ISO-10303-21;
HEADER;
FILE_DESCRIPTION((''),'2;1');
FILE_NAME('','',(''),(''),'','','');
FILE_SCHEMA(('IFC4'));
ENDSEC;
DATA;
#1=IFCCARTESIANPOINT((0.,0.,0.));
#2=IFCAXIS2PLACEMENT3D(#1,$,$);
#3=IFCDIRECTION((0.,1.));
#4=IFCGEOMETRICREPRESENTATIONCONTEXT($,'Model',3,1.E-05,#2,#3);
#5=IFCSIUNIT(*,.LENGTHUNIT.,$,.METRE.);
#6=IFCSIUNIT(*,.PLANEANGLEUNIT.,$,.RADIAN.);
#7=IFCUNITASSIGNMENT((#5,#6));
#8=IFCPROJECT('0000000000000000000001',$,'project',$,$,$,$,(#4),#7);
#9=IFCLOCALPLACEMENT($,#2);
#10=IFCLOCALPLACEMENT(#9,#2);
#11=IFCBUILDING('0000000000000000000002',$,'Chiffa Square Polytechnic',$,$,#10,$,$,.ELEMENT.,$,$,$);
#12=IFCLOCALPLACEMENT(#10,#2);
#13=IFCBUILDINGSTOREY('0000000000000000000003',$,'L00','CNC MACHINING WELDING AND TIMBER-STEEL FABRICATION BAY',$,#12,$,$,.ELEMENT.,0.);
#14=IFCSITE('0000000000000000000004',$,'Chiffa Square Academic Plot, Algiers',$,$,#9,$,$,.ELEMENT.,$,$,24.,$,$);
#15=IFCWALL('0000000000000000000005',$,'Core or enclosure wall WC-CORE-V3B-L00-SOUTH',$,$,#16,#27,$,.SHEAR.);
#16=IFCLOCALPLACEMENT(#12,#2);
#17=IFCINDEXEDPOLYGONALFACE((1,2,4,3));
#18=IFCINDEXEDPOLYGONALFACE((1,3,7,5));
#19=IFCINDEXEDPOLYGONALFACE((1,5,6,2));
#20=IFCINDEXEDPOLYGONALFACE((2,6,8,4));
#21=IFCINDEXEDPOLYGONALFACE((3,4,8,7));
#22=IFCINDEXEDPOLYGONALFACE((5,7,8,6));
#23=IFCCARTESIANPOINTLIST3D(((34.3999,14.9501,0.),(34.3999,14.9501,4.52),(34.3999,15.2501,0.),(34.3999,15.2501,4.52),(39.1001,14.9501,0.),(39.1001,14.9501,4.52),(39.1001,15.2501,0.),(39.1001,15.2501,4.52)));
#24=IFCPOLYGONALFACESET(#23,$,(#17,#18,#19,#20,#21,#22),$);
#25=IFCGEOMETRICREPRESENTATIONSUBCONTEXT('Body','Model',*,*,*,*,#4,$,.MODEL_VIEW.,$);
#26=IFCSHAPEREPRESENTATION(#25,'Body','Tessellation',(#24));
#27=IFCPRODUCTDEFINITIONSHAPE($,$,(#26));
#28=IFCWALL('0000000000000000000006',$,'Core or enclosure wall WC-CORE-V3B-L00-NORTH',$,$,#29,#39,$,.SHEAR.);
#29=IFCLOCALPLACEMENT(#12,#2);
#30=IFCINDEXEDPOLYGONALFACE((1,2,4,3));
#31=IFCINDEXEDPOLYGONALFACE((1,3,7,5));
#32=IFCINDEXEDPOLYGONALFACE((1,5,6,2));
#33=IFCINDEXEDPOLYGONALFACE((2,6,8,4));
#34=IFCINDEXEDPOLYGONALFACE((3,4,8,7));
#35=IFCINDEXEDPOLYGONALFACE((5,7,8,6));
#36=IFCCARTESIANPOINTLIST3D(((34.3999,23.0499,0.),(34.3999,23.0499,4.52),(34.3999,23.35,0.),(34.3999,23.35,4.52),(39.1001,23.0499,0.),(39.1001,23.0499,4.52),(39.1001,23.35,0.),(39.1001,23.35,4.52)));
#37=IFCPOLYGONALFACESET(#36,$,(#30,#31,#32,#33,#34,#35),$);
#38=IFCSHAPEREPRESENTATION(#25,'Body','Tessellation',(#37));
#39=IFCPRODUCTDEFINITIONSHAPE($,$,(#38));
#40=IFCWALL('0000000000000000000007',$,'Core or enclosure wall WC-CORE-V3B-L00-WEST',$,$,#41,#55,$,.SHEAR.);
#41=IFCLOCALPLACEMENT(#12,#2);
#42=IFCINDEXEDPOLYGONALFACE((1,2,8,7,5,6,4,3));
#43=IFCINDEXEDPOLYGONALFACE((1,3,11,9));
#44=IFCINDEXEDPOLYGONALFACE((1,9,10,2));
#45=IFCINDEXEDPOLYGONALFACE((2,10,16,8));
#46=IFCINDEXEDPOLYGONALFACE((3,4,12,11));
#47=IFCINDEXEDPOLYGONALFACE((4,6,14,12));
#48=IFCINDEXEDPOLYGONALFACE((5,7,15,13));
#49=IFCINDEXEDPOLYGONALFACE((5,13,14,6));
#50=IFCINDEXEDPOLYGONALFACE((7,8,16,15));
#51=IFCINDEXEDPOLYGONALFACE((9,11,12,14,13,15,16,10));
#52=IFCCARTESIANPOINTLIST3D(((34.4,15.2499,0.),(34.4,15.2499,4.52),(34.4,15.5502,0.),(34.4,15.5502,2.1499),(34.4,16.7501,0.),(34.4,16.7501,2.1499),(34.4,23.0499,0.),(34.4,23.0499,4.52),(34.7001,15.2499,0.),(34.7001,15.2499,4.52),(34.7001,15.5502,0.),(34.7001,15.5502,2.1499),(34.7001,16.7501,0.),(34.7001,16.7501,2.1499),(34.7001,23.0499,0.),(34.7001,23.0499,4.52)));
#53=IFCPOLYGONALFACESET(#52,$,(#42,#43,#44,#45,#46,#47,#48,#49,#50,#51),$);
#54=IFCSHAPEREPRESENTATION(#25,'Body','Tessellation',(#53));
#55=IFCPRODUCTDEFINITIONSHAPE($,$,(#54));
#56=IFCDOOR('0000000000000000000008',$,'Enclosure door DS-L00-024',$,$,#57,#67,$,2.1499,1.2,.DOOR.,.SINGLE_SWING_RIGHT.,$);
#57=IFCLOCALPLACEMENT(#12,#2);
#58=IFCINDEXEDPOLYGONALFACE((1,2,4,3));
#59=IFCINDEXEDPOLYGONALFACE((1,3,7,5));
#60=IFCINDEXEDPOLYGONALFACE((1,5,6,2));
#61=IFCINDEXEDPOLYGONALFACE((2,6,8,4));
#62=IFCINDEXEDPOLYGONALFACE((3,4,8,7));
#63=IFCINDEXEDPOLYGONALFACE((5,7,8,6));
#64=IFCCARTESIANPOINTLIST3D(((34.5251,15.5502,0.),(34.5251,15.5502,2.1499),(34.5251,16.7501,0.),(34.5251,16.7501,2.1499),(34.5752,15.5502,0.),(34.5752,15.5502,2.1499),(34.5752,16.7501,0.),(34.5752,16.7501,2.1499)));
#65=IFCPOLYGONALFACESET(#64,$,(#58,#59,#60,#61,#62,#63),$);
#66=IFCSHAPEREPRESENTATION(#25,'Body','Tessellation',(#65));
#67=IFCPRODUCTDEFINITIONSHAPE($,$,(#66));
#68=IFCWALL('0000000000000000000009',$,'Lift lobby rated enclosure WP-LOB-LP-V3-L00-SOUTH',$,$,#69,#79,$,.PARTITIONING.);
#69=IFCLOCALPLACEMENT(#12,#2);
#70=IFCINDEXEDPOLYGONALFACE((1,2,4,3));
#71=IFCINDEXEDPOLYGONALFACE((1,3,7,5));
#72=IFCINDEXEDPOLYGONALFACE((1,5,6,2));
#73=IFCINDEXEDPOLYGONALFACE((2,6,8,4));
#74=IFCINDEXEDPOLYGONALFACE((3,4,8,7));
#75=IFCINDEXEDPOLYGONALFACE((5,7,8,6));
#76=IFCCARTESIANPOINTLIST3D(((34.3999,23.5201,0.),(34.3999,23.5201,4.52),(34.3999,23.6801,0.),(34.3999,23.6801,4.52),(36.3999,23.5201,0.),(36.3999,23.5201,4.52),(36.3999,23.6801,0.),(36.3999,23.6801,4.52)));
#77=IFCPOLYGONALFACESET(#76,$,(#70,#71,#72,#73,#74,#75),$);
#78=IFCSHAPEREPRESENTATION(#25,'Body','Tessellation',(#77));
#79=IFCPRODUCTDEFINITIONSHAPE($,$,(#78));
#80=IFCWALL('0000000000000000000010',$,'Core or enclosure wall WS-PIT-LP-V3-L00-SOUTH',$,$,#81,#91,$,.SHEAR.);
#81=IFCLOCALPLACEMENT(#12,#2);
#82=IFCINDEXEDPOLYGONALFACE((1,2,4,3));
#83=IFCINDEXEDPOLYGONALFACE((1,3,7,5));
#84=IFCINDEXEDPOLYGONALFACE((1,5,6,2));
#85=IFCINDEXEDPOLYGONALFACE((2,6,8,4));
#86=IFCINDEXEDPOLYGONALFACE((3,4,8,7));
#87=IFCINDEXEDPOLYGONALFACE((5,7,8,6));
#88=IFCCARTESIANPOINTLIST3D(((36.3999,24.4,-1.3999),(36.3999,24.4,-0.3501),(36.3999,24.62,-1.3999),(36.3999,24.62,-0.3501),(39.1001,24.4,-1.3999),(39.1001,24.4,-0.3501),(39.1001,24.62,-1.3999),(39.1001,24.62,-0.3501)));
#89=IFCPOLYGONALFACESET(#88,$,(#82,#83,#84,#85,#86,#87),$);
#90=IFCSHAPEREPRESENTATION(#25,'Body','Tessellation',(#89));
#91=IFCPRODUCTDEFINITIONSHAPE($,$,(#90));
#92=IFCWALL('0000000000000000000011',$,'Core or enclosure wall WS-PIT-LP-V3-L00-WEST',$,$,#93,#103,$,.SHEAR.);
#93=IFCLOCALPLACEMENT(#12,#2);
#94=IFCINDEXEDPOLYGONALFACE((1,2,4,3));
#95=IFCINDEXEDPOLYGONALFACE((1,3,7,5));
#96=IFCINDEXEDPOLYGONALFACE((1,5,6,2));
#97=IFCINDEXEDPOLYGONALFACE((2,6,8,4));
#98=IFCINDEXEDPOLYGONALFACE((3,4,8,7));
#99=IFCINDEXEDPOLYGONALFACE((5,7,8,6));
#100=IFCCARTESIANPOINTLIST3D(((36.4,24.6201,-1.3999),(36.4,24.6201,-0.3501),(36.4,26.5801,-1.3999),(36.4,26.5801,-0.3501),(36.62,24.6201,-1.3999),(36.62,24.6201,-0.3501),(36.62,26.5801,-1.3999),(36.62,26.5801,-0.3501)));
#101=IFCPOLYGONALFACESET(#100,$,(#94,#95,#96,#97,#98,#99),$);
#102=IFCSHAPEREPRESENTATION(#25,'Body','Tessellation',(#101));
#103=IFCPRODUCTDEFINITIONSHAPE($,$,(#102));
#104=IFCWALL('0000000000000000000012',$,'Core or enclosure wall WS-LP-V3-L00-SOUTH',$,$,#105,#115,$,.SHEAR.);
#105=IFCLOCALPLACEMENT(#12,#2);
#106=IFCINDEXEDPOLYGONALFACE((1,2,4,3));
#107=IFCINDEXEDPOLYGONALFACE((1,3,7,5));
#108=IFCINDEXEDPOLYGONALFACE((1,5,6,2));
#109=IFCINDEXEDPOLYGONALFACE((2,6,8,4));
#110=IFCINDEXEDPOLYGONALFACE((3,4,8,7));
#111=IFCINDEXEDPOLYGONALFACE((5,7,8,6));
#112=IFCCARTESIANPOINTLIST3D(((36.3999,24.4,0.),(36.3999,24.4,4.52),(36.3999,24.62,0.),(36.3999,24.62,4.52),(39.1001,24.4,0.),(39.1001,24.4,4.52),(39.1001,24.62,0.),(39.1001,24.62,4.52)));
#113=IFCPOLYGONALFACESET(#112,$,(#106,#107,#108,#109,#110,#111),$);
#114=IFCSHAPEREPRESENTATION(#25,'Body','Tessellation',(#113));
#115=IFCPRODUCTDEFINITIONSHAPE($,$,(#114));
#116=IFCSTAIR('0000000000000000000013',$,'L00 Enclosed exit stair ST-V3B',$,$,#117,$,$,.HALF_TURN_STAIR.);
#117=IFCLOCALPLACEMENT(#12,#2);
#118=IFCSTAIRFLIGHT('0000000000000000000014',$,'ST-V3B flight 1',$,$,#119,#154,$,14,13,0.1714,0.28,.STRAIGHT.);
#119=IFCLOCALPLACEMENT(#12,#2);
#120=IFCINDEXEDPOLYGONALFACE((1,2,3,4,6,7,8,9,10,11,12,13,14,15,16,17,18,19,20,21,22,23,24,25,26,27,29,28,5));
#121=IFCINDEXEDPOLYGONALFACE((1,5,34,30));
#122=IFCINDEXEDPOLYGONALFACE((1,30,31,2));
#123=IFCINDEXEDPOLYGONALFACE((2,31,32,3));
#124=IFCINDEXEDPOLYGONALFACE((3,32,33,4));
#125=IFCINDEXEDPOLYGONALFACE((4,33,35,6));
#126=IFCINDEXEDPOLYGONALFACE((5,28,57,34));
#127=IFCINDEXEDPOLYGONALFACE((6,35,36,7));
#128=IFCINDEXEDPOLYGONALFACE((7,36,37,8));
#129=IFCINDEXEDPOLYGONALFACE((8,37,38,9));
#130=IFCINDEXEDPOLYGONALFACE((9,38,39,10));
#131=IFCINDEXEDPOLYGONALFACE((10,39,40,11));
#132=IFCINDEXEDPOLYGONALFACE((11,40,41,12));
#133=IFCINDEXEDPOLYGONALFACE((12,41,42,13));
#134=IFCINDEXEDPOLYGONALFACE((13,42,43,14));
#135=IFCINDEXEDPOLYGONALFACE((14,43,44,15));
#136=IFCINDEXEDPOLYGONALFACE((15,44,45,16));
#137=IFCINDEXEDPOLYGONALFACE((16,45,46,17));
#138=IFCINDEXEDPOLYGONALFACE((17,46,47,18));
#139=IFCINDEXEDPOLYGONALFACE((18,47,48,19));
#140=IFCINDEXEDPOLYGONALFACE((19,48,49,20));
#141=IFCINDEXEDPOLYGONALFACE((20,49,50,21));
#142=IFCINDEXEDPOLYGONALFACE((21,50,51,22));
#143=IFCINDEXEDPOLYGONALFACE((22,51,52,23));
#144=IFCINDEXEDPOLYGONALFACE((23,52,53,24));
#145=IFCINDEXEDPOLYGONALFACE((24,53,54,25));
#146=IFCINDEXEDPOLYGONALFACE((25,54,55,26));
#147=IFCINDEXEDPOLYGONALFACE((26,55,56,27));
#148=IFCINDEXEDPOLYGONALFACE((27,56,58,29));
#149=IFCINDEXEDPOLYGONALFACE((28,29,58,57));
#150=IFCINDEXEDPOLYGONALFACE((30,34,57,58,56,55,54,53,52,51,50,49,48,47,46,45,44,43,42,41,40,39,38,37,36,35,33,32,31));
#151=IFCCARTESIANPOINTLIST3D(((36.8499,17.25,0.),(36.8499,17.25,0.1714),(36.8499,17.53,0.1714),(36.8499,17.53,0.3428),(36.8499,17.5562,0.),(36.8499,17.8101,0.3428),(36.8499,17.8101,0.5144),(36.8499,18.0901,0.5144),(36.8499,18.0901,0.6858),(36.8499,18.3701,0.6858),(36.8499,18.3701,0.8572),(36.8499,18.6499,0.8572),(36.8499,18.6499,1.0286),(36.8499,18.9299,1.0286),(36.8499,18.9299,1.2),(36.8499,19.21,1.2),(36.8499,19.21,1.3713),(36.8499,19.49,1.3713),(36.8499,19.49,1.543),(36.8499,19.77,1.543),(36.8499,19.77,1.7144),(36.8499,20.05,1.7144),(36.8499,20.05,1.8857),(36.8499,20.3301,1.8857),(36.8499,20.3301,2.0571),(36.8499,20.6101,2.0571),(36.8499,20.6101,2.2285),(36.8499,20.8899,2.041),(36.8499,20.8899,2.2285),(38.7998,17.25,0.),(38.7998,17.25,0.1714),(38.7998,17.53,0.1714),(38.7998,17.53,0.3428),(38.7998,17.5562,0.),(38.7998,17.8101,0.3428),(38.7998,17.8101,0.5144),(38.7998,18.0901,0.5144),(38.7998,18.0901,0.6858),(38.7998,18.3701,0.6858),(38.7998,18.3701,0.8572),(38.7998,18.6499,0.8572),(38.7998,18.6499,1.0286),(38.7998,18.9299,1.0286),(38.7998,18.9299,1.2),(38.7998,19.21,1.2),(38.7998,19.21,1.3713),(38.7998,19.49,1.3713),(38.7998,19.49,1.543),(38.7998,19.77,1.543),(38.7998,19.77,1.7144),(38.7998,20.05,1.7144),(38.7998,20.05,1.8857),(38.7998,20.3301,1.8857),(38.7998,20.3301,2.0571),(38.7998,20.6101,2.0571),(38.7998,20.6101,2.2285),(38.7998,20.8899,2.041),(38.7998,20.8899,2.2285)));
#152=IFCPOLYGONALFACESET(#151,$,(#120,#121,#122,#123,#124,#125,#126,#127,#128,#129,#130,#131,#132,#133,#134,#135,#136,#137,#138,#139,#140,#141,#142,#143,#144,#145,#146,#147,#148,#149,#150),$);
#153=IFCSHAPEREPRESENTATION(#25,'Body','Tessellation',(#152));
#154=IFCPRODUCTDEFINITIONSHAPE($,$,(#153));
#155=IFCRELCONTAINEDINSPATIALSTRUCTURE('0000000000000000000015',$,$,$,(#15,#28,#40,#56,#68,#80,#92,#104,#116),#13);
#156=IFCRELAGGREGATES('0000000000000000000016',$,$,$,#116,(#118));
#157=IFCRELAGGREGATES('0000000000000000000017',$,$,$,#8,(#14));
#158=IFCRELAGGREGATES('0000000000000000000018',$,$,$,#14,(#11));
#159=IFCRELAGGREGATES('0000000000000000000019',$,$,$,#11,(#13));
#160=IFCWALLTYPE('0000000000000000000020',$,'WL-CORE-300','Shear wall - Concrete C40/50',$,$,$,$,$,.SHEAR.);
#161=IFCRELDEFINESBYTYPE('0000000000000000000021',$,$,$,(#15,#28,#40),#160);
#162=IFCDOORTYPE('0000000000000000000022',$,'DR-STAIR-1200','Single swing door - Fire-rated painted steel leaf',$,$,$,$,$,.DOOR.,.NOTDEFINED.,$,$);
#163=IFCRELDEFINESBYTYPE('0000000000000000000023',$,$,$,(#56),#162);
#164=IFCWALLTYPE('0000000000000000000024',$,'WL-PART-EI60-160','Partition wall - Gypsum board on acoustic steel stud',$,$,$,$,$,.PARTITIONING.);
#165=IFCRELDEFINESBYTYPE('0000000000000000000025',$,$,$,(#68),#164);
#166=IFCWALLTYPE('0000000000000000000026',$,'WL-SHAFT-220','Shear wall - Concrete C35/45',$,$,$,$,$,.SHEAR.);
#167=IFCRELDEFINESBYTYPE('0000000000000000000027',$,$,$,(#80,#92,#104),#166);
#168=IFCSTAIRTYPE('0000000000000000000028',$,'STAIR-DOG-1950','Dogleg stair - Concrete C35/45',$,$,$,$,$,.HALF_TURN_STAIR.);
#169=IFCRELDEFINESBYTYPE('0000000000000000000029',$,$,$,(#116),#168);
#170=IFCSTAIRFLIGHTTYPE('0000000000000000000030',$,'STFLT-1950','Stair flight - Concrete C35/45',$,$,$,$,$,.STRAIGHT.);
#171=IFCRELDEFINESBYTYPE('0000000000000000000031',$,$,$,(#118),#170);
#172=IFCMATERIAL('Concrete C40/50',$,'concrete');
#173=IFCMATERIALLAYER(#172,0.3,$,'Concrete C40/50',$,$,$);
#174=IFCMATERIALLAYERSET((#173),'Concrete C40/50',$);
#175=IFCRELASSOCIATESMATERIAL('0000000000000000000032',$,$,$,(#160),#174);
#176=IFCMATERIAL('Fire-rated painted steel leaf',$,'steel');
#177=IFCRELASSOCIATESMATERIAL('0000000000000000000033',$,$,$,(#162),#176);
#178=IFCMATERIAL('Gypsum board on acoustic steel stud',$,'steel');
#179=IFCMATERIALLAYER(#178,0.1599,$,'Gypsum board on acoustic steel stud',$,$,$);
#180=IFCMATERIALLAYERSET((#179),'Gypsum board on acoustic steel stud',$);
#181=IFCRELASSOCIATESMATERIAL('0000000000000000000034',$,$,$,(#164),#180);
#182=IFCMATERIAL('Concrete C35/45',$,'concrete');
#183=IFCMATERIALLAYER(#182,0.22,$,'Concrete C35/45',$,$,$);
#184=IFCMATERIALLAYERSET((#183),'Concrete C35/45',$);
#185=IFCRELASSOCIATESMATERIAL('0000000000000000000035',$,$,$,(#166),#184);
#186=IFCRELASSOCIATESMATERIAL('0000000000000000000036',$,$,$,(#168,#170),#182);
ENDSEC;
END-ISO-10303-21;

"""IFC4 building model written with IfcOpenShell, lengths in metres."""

from ifc_helpers import new_model, si_unit, direction, frame, frame_2d, origin, place, context, subcontext, project, spatial, polyline, rectangle, outline, extrude, material, layer, layer_set, type_object, element, fill, aggregate, save


model = new_model("IFC4")

# Units and contexts
model_context = context("Model", 3, precision=1e-05, world=origin(), true_north=direction((0.0, 1.0)))
body_context = subcontext(model_context, "Body", "Model", "MODEL_VIEW")
ifc_project = project(units=[si_unit("LENGTHUNIT", "METRE"), si_unit("PLANEANGLEUNIT", "RADIAN")], contexts=[model_context])

# Site, building, storey
site_placement = place(None, origin())
site = spatial("IfcSite", under=ifc_project, at=site_placement, Name="Chiffa Square Academic Plot, Algiers", CompositionType="ELEMENT", RefElevation=24.0)
building_placement = place(site_placement, origin())
building = spatial("IfcBuilding", under=site, at=building_placement, Name="Chiffa Square Polytechnic", CompositionType="ELEMENT")
storey_placement = place(building_placement, origin())
storey = spatial("IfcBuildingStorey", under=building, at=storey_placement, Name="L00", Description="CNC MACHINING WELDING AND TIMBER-STEEL FABRICATION BAY", CompositionType="ELEMENT", Elevation=0.0)

# Walls
ifc_material_1 = material(Name="Concrete C40/50", Category="concrete")
ifc_layer_1 = layer(ifc_material_1, 0.3, Name="Concrete C40/50")
ifc_layer_set_1 = layer_set([ifc_layer_1], Name="Concrete C40/50")
wall_type_1 = type_object("IfcWallType", Name="WL-CORE-300", Description="Shear wall - Concrete C40/50", PredefinedType="SHEAR", material=ifc_layer_set_1)
for number, where, z_axis, x_axis, name in (
    (1, (34.3999, 15.1001, 0.0), (0.0, 0.0, 1.0), (1.0, 0.0, 0.0), "Core or enclosure wall WC-CORE-V3B-L00-SOUTH"),
    (2, (34.3999, 23.2, 0.0), (0.0, 0.0, 1.0), (1.0, 0.0, 0.0), "Core or enclosure wall WC-CORE-V3B-L00-NORTH"),
):
    element("IfcWall", number, at=place(storey_placement, frame(where, z_axis=z_axis, x_axis=x_axis)), inside=storey, type_object=wall_type_1, Name=name, PredefinedType="SHEAR", context=body_context, shape_type="SweptSolid", body=[
        extrude(rectangle(XDim=4.7002, YDim=0.3, at=frame_2d((2.3501, 0.0))), origin(), (0.0, 0.0, 1.0), 4.52),
    ])

# Wall, opening, door
wall_1_placement = place(storey_placement, frame((34.55, 15.25, 0.0), z_axis=(0.0, 0.0, 1.0), x_axis=(0.0, 1.0, 0.0)))
wall_1 = element("IfcWall", 3, at=wall_1_placement, inside=storey, type_object=wall_type_1, Name="Core or enclosure wall WC-CORE-V3B-L00-WEST", PredefinedType="SHEAR", context=body_context, shape_type="SweptSolid", body=[
    extrude(rectangle(XDim=7.8, YDim=0.3, at=frame_2d((3.8999, 0.0))), origin(), (0.0, 0.0, 1.0), 4.52),
])
opening_1_placement = place(wall_1_placement, frame((0.3, 0.0, 0.0)))
opening_1 = element("IfcOpeningElement", 4, at=opening_1_placement, cuts=wall_1, PredefinedType="OPENING", context=body_context, shape_type="SweptSolid", body=[
    extrude(rectangle(XDim=1.2, YDim=2.1499, at=frame_2d((0.6001, 1.075))), frame((0.0, 0.1602, 0.0), z_axis=(0.0, -1.0, 0.0), x_axis=(1.0, 0.0, 0.0)), (0.0, 0.0, 1.0), 0.3201),
])
ifc_material_2 = material(Name="Fire-rated painted steel leaf", Category="steel")
door_type_1 = type_object("IfcDoorType", Name="DR-STAIR-1200", Description="Single swing door - Fire-rated painted steel leaf", OperationType="NOTDEFINED", PredefinedType="DOOR", material=ifc_material_2)
door_1_placement = place(opening_1_placement, origin())
door_1 = element("IfcDoor", 5, at=door_1_placement, inside=storey, type_object=door_type_1, Name="Enclosure door DS-L00-024", OperationType="SINGLE_SWING_RIGHT", OverallHeight=2.1499, OverallWidth=1.2, PredefinedType="DOOR", context=body_context, shape_type="SweptSolid", body=[
    extrude(rectangle(XDim=1.2, YDim=2.1499, at=frame_2d((0.6001, 1.075))), frame((0.0, 0.0249, 0.0), z_axis=(0.0, -1.0, 0.0), x_axis=(1.0, 0.0, 0.0)), (0.0, 0.0, 1.0), 0.05),
])
fill(opening_1, door_1)

# Wall
ifc_material_3 = material(Name="Gypsum board on acoustic steel stud", Category="steel")
ifc_layer_2 = layer(ifc_material_3, 0.1599, Name="Gypsum board on acoustic steel stud")
ifc_layer_set_2 = layer_set([ifc_layer_2], Name="Gypsum board on acoustic steel stud")
wall_type_2 = type_object("IfcWallType", Name="WL-PART-EI60-160", Description="Partition wall - Gypsum board on acoustic steel stud", PredefinedType="PARTITIONING", material=ifc_layer_set_2)
wall_2_placement = place(storey_placement, frame((34.3999, 23.6001, 0.0), z_axis=(0.0, 0.0, 1.0), x_axis=(1.0, 0.0, 0.0)))
element("IfcWall", 6, at=wall_2_placement, inside=storey, type_object=wall_type_2, Name="Lift lobby rated enclosure WP-LOB-LP-V3-L00-SOUTH", PredefinedType="PARTITIONING", context=body_context, shape_type="SweptSolid", body=[
    extrude(rectangle(XDim=2.0, YDim=0.1599, at=frame_2d((1.0, 0.0))), origin(), (0.0, 0.0, 1.0), 4.52),
])

# Walls
ifc_material_4 = material(Name="Concrete C35/45", Category="concrete")
ifc_layer_3 = layer(ifc_material_4, 0.22, Name="Concrete C35/45")
ifc_layer_set_3 = layer_set([ifc_layer_3], Name="Concrete C35/45")
wall_type_3 = type_object("IfcWallType", Name="WL-SHAFT-220", Description="Shear wall - Concrete C35/45", PredefinedType="SHEAR", material=ifc_layer_set_3)
wall_3_placement = place(storey_placement, frame((36.3999, 24.51, -1.3999), z_axis=(0.0, 0.0, 1.0), x_axis=(1.0, 0.0, 0.0)))
element("IfcWall", 7, at=wall_3_placement, inside=storey, type_object=wall_type_3, Name="Core or enclosure wall WS-PIT-LP-V3-L00-SOUTH", PredefinedType="SHEAR", context=body_context, shape_type="SweptSolid", body=[
    extrude(rectangle(XDim=2.7002, YDim=0.22, at=frame_2d((1.3501, 0.0))), origin(), (0.0, 0.0, 1.0), 1.0498),
])
wall_4_placement = place(storey_placement, frame((36.51, 24.6201, -1.3999), z_axis=(0.0, 0.0, 1.0), x_axis=(0.0, 1.0, 0.0)))
element("IfcWall", 8, at=wall_4_placement, inside=storey, type_object=wall_type_3, Name="Core or enclosure wall WS-PIT-LP-V3-L00-WEST", PredefinedType="SHEAR", context=body_context, shape_type="SweptSolid", body=[
    extrude(rectangle(XDim=1.96, YDim=0.22, at=frame_2d((0.98, 0.0))), origin(), (0.0, 0.0, 1.0), 1.0498),
])
wall_5_placement = place(storey_placement, frame((36.3999, 24.51, 0.0), z_axis=(0.0, 0.0, 1.0), x_axis=(1.0, 0.0, 0.0)))
element("IfcWall", 9, at=wall_5_placement, inside=storey, type_object=wall_type_3, Name="Core or enclosure wall WS-LP-V3-L00-SOUTH", PredefinedType="SHEAR", context=body_context, shape_type="SweptSolid", body=[
    extrude(rectangle(XDim=2.7002, YDim=0.22, at=frame_2d((1.3501, 0.0))), origin(), (0.0, 0.0, 1.0), 4.52),
])

# Stair, stair flight
stair_type = type_object("IfcStairType", Name="STAIR-DOG-1950", Description="Dogleg stair - Concrete C35/45", PredefinedType="HALF_TURN_STAIR", material=ifc_material_4)
stair_placement = place(storey_placement, origin())
stair = element("IfcStair", 10, at=stair_placement, inside=storey, type_object=stair_type, Name="L00 Enclosed exit stair ST-V3B", PredefinedType="HALF_TURN_STAIR")
stair_flight_type = type_object("IfcStairFlightType", Name="STFLT-1950", Description="Stair flight - Concrete C35/45", PredefinedType="STRAIGHT", material=ifc_material_4)
stair_flight_1_placement = place(storey_placement, frame((37.825, 17.25, 0.0), z_axis=(0.0, 0.0, 1.0), x_axis=(0.0, 1.0, 0.0)))
stair_flight_1 = element("IfcStairFlight", 11, at=stair_flight_1_placement, type_object=stair_flight_type, Name="ST-V3B flight 1", NumberOfRisers=14, NumberOfTreads=13, PredefinedType="STRAIGHT", RiserHeight=0.1714, TreadLength=0.28, context=body_context, shape_type="SweptSolid", body=[
    extrude(outline(polyline([(0.0, 0.0), (0.0, 0.1714), (0.28, 0.1714), (0.28, 0.3428), (0.5601, 0.3428), (0.5601, 0.5144), (0.8401, 0.5144), (0.8401, 0.6858), (1.1201, 0.6858), (1.1201, 0.8572), (1.3999, 0.8572), (1.3999, 1.0286), (1.6799, 1.0286), (1.6799, 1.2), (1.96, 1.2), (1.96, 1.3713), (2.24, 1.3713), (2.24, 1.543), (2.52, 1.543), (2.52, 1.7144), (2.8, 1.7144), (2.8, 1.8857), (3.0801, 1.8857), (3.0801, 2.0571), (3.3601, 2.0571), (3.3601, 2.2285), (3.6399, 2.2285), (3.6399, 2.3999), (3.6399, 2.041), (0.3062, 0.0), (0.0, 0.0)])), frame((0.0, 0.9751, 0.0), z_axis=(0.0, -1.0, 0.0), x_axis=(1.0, 0.0, 0.0)), (0.0, 0.0, 1.0), 1.95),
])
aggregate(stair, [stair_flight_1])

save(model, "model.ifc")
